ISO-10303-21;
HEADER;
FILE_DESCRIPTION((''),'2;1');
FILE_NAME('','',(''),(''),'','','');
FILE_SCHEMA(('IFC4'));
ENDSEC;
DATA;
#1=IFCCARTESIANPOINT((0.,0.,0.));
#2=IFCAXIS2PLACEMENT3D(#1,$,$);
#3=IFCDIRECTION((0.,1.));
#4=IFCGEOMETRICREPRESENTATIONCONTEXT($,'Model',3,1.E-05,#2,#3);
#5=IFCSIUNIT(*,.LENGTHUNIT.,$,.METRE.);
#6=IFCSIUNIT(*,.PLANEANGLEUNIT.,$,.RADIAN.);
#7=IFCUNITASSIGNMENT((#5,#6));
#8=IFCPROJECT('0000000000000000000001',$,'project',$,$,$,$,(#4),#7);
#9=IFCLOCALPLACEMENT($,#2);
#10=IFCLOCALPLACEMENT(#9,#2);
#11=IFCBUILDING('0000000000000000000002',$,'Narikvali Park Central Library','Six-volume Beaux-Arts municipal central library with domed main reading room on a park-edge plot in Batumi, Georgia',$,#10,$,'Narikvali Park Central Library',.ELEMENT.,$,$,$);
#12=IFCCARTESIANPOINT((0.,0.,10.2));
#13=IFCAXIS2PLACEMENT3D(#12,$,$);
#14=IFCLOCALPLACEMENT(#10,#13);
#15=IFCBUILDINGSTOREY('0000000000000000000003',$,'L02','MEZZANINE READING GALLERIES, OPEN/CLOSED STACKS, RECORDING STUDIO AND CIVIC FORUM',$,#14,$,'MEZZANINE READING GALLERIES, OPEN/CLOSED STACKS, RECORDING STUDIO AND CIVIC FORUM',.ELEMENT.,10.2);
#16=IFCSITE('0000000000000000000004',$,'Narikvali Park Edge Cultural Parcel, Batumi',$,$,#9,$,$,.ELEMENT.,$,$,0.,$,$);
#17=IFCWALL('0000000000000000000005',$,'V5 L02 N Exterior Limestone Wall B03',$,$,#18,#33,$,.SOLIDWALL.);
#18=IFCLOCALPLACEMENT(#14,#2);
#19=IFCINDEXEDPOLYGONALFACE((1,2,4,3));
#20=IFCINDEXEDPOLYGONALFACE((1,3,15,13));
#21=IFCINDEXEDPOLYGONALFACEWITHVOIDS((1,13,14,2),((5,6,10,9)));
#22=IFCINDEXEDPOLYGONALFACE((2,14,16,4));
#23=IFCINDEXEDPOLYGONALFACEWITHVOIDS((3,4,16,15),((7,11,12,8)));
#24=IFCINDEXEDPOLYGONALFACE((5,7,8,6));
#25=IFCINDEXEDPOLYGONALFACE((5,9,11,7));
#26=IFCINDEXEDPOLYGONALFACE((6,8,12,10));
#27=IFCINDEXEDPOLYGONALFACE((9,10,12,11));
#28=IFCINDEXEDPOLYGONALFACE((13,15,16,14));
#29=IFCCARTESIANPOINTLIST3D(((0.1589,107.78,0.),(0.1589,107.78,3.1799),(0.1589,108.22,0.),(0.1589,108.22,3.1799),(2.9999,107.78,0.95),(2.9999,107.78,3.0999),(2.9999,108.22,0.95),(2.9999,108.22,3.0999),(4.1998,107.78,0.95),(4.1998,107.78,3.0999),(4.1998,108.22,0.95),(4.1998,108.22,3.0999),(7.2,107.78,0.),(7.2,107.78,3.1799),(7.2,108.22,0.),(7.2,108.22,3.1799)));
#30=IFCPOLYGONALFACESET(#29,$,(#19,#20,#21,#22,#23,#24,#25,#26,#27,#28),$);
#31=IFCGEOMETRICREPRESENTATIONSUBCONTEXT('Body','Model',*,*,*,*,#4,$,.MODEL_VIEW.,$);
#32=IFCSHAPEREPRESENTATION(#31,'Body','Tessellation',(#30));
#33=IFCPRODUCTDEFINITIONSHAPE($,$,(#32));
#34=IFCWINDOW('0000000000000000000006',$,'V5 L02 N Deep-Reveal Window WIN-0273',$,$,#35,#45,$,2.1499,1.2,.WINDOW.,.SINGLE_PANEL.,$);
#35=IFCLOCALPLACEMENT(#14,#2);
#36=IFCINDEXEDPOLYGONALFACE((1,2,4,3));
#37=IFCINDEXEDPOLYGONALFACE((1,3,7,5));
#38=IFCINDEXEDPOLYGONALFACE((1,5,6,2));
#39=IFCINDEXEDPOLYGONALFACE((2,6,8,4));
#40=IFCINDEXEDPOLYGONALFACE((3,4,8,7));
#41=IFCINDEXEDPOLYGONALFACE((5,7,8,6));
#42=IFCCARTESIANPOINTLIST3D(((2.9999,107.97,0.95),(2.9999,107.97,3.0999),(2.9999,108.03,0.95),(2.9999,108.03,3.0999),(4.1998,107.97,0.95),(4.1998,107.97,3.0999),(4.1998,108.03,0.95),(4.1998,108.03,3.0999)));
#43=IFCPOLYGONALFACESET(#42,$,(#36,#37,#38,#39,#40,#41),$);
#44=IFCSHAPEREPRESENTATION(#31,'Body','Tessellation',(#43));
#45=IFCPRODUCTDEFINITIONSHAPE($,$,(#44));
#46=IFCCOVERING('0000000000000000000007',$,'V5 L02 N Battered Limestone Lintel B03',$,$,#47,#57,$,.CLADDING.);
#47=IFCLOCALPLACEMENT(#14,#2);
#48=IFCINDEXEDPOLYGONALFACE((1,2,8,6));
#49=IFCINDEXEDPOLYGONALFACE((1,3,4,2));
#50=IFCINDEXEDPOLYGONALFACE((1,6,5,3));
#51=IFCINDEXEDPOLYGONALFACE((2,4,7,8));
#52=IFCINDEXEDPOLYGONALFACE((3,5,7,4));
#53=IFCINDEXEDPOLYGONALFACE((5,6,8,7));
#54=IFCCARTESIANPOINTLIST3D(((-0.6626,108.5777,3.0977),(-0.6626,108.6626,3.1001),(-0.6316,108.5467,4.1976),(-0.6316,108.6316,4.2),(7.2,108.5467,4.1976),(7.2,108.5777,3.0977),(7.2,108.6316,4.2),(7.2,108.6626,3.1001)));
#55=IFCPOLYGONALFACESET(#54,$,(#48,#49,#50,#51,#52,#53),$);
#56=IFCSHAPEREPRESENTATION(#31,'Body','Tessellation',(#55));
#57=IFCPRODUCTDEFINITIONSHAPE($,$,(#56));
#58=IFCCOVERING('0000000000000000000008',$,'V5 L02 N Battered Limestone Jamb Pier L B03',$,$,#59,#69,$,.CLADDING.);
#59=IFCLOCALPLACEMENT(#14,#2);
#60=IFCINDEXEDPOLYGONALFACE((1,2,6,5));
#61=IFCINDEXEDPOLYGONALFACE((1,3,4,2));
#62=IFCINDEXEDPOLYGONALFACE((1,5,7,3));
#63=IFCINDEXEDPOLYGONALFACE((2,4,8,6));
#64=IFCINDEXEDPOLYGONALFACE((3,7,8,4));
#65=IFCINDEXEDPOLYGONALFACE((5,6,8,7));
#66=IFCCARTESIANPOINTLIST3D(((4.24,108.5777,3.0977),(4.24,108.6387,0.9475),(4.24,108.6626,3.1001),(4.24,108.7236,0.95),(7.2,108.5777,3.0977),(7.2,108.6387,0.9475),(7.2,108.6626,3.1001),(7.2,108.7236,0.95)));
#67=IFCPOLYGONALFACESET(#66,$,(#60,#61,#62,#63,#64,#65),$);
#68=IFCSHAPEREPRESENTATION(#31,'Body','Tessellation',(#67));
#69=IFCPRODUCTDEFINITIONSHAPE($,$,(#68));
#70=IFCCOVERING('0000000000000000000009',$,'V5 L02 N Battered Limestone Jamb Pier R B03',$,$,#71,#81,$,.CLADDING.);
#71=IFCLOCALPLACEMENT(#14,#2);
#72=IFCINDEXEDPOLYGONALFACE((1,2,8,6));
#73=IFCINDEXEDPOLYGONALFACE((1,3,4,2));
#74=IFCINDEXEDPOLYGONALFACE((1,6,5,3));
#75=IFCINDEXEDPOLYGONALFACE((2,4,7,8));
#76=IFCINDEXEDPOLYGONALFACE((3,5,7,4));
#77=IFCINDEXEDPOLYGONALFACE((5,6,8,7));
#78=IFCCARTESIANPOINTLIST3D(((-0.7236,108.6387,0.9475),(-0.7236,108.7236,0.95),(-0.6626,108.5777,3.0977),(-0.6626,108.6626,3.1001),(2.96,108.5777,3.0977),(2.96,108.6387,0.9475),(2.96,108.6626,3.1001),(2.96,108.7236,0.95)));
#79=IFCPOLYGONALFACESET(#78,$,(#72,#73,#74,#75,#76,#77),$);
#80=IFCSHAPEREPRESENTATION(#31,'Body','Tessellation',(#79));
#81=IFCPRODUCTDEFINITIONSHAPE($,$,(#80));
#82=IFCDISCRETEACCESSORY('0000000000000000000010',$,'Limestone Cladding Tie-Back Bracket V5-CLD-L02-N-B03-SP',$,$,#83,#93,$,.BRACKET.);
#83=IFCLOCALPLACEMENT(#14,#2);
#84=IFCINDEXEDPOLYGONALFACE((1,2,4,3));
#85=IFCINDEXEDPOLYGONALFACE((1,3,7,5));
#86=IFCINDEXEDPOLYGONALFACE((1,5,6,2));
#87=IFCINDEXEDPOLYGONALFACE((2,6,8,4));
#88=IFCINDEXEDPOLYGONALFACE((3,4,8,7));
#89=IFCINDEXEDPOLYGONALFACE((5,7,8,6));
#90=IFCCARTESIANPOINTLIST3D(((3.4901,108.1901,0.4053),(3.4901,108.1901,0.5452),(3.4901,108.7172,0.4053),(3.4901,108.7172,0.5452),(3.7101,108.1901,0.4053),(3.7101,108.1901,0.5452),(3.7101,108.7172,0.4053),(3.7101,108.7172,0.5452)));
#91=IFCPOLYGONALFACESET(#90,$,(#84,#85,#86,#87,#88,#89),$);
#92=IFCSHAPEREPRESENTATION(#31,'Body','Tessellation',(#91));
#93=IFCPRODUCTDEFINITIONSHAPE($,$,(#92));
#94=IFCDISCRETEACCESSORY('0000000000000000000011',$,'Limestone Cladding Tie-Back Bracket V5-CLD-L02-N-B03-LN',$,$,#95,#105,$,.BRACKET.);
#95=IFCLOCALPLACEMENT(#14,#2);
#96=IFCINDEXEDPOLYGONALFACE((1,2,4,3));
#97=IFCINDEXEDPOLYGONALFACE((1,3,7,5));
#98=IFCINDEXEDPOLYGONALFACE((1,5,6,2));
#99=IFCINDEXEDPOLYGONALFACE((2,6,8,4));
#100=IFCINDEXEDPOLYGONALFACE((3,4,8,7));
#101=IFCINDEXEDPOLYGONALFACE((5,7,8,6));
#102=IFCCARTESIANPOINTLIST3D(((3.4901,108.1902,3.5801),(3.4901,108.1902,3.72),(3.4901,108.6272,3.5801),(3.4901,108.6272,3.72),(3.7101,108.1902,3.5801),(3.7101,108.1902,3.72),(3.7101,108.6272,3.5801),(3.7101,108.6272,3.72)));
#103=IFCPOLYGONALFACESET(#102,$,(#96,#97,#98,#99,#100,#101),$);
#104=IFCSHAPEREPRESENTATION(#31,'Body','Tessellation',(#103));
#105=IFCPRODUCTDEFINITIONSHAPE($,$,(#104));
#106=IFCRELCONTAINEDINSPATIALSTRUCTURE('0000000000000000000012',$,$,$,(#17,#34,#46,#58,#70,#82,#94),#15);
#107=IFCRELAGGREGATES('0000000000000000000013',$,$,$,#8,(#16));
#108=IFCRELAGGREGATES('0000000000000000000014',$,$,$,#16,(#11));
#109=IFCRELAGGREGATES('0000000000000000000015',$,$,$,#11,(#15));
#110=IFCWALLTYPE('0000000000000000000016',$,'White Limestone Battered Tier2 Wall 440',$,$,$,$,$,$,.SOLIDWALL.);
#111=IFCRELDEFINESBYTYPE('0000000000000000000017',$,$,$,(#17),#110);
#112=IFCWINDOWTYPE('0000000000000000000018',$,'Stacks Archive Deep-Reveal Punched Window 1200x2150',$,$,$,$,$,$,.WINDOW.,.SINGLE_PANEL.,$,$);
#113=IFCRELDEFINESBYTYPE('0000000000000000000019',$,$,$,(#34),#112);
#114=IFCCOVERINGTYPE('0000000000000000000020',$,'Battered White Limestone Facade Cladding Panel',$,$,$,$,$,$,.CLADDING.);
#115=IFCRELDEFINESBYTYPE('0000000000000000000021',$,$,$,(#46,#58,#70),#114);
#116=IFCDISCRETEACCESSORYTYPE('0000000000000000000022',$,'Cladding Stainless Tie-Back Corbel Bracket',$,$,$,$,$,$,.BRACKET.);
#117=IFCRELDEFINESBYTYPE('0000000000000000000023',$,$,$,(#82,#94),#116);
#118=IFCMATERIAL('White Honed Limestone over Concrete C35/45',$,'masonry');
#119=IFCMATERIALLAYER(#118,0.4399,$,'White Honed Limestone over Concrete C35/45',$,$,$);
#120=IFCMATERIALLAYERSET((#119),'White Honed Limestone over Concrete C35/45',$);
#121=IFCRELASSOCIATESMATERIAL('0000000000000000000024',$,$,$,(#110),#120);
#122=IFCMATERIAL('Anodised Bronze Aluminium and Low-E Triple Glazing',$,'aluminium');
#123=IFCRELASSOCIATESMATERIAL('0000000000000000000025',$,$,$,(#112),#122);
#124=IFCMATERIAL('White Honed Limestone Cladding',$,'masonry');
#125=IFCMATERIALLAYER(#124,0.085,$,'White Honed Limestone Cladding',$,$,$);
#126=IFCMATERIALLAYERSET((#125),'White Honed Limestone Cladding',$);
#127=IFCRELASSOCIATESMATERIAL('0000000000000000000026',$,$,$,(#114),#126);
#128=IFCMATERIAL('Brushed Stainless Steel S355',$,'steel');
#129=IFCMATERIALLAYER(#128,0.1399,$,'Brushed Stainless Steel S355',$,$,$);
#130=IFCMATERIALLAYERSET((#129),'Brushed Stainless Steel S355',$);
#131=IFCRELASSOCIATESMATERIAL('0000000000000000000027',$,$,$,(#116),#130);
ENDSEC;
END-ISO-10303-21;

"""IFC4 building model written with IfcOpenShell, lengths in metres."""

from ifc_helpers import new_model, si_unit, direction, frame, frame_2d, origin, origin_2d, place, context, subcontext, project, spatial, polyline, rectangle, outline, extrude, material, layer, layer_set, type_object, element, fill, save


model = new_model("IFC4")

# Units and contexts
model_context = context("Model", 3, precision=1e-05, world=origin(), true_north=direction((0.0, 1.0)))
body_context = subcontext(model_context, "Body", "Model", "MODEL_VIEW")
ifc_project = project(units=[si_unit("LENGTHUNIT", "METRE"), si_unit("PLANEANGLEUNIT", "RADIAN")], contexts=[model_context])

# Site, building, storey
site_placement = place(None, origin())
site = spatial("IfcSite", under=ifc_project, at=site_placement, Name="Narikvali Park Edge Cultural Parcel, Batumi", CompositionType="ELEMENT", RefElevation=0.0)
building_placement = place(site_placement, origin())
building = spatial("IfcBuilding", under=site, at=building_placement, Name="Narikvali Park Central Library", Description="Six-volume Beaux-Arts municipal central library with domed main reading room on a park-edge plot in Batumi, Georgia", LongName="Narikvali Park Central Library", CompositionType="ELEMENT")
storey_placement = place(building_placement, frame((0.0, 0.0, 10.2)))
storey = spatial("IfcBuildingStorey", under=building, at=storey_placement, Name="L02", Description="MEZZANINE READING GALLERIES, OPEN/CLOSED STACKS, RECORDING STUDIO AND CIVIC FORUM", LongName="MEZZANINE READING GALLERIES, OPEN/CLOSED STACKS, RECORDING STUDIO AND CIVIC FORUM", CompositionType="ELEMENT", Elevation=10.2)

# Wall, opening, window
ifc_material_1 = material(Name="White Honed Limestone over Concrete C35/45", Category="masonry")
ifc_layer_1 = layer(ifc_material_1, 0.4399, Name="White Honed Limestone over Concrete C35/45")
ifc_layer_set_1 = layer_set([ifc_layer_1], Name="White Honed Limestone over Concrete C35/45")
wall_type_1 = type_object("IfcWallType", Name="White Limestone Battered Tier2 Wall 440", PredefinedType="SOLIDWALL", material=ifc_layer_set_1)
wall_1_placement = place(storey_placement, frame((7.2, 108.0, 0.0), z_axis=(0.0, 0.0, 1.0), x_axis=(-1.0, 0.0, 0.0)))
wall_1 = element("IfcWall", 1, at=wall_1_placement, inside=storey, type_object=wall_type_1, Name="V5 L02 N Exterior Limestone Wall B03", PredefinedType="SOLIDWALL", context=body_context, shape_type="SweptSolid", body=[
    extrude(rectangle(XDim=7.041, YDim=0.4399, at=frame_2d((3.5205, 0.0))), origin(), (0.0, 0.0, 1.0), 3.1799),
])
opening_placement = place(wall_1_placement, frame((3.0, 0.0, 0.95)))
opening = element("IfcOpeningElement", 2, at=opening_placement, cuts=wall_1, PredefinedType="OPENING", context=body_context, shape_type="SweptSolid", body=[
    extrude(rectangle(XDim=1.2, YDim=2.1499, at=frame_2d((0.6001, 1.075))), frame((0.0, 0.2319, 0.0), z_axis=(0.0, -1.0, 0.0), x_axis=(1.0, 0.0, 0.0)), (0.0, 0.0, 1.0), 0.4639),
])
ifc_material_2 = material(Name="Anodised Bronze Aluminium and Low-E Triple Glazing", Category="aluminium")
window_type = type_object("IfcWindowType", Name="Stacks Archive Deep-Reveal Punched Window 1200x2150", PartitioningType="SINGLE_PANEL", PredefinedType="WINDOW", material=ifc_material_2)
window_placement = place(opening_placement, origin())
window = element("IfcWindow", 3, at=window_placement, inside=storey, type_object=window_type, Name="V5 L02 N Deep-Reveal Window WIN-0273", OverallHeight=2.1499, OverallWidth=1.2, PartitioningType="SINGLE_PANEL", PredefinedType="WINDOW", context=body_context, shape_type="SweptSolid", body=[
    extrude(rectangle(XDim=1.2, YDim=2.1499, at=frame_2d((0.6001, 1.075))), frame((0.0, 0.03, 0.0), z_axis=(0.0, -1.0, 0.0), x_axis=(1.0, 0.0, 0.0)), (0.0, 0.0, 1.0), 0.0601),
])
fill(opening, window)

# Coverings
ifc_material_3 = material(Name="White Honed Limestone Cladding", Category="masonry")
ifc_layer_2 = layer(ifc_material_3, 0.085, Name="White Honed Limestone Cladding")
ifc_layer_set_2 = layer_set([ifc_layer_2], Name="White Honed Limestone Cladding")
covering_type = type_object("IfcCoveringType", Name="Battered White Limestone Facade Cladding Panel", PredefinedType="CLADDING", material=ifc_layer_set_2)
covering_1_placement = place(storey_placement, frame((7.2, 108.6626, 3.1001), z_axis=(0.0, 0.999603, 0.02818), x_axis=(-1.0, 0.0, 0.0)))
element("IfcCovering", 4, at=covering_1_placement, inside=storey, type_object=covering_type, Name="V5 L02 N Battered Limestone Lintel B03", PredefinedType="CLADDING", context=body_context, shape_type="SweptSolid", body=[
    extrude(outline(polyline([(0.0, 0.0), (7.8625, 0.0), (7.8315, 1.1003), (0.0, 1.1003), (0.0, 0.0)])), origin(), (0.0, 0.0, -1.0), 0.085),
])
covering_2_placement = place(storey_placement, frame((7.2, 108.7236, 0.95), z_axis=(0.0, 0.999597, 0.028375), x_axis=(-1.0, 0.0, 0.0)))
element("IfcCovering", 5, at=covering_2_placement, inside=storey, type_object=covering_type, Name="V5 L02 N Battered Limestone Jamb Pier L B03", PredefinedType="CLADDING", context=body_context, shape_type="SweptSolid", body=[
    extrude(outline(polyline([(0.0, 0.0), (2.96, 0.0), (2.96, 2.151), (0.0, 2.151), (0.0, 0.0)])), origin(), (0.0, 0.0, -1.0), 0.085),
])
covering_3_placement = place(storey_placement, frame((2.96, 108.7236, 0.95), z_axis=(0.0, 0.999597, 0.028375), x_axis=(-1.0, 0.0, 0.0)))
element("IfcCovering", 6, at=covering_3_placement, inside=storey, type_object=covering_type, Name="V5 L02 N Battered Limestone Jamb Pier R B03", PredefinedType="CLADDING", context=body_context, shape_type="SweptSolid", body=[
    extrude(outline(polyline([(0.0, 0.0), (3.6836, 0.0), (3.6226, 2.151), (0.0, 2.151), (0.0, 0.0)])), origin(), (0.0, 0.0, -1.0), 0.085),
])

# Discrete accessories
ifc_material_4 = material(Name="Brushed Stainless Steel S355", Category="steel")
ifc_layer_3 = layer(ifc_material_4, 0.1399, Name="Brushed Stainless Steel S355")
ifc_layer_set_3 = layer_set([ifc_layer_3], Name="Brushed Stainless Steel S355")
discrete_accessory_type = type_object("IfcDiscreteAccessoryType", Name="Cladding Stainless Tie-Back Corbel Bracket", PredefinedType="BRACKET", material=ifc_layer_set_3)
discrete_accessory_1_placement = place(storey_placement, frame((3.6001, 108.4536, 0.4053), z_axis=(0.0, 0.0, 1.0), x_axis=(1.0, 0.0, 0.0)))
element("IfcDiscreteAccessory", 7, at=discrete_accessory_1_placement, inside=storey, type_object=discrete_accessory_type, Name="Limestone Cladding Tie-Back Bracket V5-CLD-L02-N-B03-SP", PredefinedType="BRACKET", context=body_context, shape_type="SweptSolid", body=[
    extrude(rectangle(XDim=0.22, YDim=0.5271, at=origin_2d()), origin(), (0.0, 0.0, 1.0), 0.1399),
])
discrete_accessory_2_placement = place(storey_placement, frame((3.6001, 108.4087, 3.5801), z_axis=(0.0, 0.0, 1.0), x_axis=(1.0, 0.0, 0.0)))
element("IfcDiscreteAccessory", 8, at=discrete_accessory_2_placement, inside=storey, type_object=discrete_accessory_type, Name="Limestone Cladding Tie-Back Bracket V5-CLD-L02-N-B03-LN", PredefinedType="BRACKET", context=body_context, shape_type="SweptSolid", body=[
    extrude(rectangle(XDim=0.22, YDim=0.437, at=origin_2d()), origin(), (0.0, 0.0, 1.0), 0.1399),
])

save(model, "model.ifc")
